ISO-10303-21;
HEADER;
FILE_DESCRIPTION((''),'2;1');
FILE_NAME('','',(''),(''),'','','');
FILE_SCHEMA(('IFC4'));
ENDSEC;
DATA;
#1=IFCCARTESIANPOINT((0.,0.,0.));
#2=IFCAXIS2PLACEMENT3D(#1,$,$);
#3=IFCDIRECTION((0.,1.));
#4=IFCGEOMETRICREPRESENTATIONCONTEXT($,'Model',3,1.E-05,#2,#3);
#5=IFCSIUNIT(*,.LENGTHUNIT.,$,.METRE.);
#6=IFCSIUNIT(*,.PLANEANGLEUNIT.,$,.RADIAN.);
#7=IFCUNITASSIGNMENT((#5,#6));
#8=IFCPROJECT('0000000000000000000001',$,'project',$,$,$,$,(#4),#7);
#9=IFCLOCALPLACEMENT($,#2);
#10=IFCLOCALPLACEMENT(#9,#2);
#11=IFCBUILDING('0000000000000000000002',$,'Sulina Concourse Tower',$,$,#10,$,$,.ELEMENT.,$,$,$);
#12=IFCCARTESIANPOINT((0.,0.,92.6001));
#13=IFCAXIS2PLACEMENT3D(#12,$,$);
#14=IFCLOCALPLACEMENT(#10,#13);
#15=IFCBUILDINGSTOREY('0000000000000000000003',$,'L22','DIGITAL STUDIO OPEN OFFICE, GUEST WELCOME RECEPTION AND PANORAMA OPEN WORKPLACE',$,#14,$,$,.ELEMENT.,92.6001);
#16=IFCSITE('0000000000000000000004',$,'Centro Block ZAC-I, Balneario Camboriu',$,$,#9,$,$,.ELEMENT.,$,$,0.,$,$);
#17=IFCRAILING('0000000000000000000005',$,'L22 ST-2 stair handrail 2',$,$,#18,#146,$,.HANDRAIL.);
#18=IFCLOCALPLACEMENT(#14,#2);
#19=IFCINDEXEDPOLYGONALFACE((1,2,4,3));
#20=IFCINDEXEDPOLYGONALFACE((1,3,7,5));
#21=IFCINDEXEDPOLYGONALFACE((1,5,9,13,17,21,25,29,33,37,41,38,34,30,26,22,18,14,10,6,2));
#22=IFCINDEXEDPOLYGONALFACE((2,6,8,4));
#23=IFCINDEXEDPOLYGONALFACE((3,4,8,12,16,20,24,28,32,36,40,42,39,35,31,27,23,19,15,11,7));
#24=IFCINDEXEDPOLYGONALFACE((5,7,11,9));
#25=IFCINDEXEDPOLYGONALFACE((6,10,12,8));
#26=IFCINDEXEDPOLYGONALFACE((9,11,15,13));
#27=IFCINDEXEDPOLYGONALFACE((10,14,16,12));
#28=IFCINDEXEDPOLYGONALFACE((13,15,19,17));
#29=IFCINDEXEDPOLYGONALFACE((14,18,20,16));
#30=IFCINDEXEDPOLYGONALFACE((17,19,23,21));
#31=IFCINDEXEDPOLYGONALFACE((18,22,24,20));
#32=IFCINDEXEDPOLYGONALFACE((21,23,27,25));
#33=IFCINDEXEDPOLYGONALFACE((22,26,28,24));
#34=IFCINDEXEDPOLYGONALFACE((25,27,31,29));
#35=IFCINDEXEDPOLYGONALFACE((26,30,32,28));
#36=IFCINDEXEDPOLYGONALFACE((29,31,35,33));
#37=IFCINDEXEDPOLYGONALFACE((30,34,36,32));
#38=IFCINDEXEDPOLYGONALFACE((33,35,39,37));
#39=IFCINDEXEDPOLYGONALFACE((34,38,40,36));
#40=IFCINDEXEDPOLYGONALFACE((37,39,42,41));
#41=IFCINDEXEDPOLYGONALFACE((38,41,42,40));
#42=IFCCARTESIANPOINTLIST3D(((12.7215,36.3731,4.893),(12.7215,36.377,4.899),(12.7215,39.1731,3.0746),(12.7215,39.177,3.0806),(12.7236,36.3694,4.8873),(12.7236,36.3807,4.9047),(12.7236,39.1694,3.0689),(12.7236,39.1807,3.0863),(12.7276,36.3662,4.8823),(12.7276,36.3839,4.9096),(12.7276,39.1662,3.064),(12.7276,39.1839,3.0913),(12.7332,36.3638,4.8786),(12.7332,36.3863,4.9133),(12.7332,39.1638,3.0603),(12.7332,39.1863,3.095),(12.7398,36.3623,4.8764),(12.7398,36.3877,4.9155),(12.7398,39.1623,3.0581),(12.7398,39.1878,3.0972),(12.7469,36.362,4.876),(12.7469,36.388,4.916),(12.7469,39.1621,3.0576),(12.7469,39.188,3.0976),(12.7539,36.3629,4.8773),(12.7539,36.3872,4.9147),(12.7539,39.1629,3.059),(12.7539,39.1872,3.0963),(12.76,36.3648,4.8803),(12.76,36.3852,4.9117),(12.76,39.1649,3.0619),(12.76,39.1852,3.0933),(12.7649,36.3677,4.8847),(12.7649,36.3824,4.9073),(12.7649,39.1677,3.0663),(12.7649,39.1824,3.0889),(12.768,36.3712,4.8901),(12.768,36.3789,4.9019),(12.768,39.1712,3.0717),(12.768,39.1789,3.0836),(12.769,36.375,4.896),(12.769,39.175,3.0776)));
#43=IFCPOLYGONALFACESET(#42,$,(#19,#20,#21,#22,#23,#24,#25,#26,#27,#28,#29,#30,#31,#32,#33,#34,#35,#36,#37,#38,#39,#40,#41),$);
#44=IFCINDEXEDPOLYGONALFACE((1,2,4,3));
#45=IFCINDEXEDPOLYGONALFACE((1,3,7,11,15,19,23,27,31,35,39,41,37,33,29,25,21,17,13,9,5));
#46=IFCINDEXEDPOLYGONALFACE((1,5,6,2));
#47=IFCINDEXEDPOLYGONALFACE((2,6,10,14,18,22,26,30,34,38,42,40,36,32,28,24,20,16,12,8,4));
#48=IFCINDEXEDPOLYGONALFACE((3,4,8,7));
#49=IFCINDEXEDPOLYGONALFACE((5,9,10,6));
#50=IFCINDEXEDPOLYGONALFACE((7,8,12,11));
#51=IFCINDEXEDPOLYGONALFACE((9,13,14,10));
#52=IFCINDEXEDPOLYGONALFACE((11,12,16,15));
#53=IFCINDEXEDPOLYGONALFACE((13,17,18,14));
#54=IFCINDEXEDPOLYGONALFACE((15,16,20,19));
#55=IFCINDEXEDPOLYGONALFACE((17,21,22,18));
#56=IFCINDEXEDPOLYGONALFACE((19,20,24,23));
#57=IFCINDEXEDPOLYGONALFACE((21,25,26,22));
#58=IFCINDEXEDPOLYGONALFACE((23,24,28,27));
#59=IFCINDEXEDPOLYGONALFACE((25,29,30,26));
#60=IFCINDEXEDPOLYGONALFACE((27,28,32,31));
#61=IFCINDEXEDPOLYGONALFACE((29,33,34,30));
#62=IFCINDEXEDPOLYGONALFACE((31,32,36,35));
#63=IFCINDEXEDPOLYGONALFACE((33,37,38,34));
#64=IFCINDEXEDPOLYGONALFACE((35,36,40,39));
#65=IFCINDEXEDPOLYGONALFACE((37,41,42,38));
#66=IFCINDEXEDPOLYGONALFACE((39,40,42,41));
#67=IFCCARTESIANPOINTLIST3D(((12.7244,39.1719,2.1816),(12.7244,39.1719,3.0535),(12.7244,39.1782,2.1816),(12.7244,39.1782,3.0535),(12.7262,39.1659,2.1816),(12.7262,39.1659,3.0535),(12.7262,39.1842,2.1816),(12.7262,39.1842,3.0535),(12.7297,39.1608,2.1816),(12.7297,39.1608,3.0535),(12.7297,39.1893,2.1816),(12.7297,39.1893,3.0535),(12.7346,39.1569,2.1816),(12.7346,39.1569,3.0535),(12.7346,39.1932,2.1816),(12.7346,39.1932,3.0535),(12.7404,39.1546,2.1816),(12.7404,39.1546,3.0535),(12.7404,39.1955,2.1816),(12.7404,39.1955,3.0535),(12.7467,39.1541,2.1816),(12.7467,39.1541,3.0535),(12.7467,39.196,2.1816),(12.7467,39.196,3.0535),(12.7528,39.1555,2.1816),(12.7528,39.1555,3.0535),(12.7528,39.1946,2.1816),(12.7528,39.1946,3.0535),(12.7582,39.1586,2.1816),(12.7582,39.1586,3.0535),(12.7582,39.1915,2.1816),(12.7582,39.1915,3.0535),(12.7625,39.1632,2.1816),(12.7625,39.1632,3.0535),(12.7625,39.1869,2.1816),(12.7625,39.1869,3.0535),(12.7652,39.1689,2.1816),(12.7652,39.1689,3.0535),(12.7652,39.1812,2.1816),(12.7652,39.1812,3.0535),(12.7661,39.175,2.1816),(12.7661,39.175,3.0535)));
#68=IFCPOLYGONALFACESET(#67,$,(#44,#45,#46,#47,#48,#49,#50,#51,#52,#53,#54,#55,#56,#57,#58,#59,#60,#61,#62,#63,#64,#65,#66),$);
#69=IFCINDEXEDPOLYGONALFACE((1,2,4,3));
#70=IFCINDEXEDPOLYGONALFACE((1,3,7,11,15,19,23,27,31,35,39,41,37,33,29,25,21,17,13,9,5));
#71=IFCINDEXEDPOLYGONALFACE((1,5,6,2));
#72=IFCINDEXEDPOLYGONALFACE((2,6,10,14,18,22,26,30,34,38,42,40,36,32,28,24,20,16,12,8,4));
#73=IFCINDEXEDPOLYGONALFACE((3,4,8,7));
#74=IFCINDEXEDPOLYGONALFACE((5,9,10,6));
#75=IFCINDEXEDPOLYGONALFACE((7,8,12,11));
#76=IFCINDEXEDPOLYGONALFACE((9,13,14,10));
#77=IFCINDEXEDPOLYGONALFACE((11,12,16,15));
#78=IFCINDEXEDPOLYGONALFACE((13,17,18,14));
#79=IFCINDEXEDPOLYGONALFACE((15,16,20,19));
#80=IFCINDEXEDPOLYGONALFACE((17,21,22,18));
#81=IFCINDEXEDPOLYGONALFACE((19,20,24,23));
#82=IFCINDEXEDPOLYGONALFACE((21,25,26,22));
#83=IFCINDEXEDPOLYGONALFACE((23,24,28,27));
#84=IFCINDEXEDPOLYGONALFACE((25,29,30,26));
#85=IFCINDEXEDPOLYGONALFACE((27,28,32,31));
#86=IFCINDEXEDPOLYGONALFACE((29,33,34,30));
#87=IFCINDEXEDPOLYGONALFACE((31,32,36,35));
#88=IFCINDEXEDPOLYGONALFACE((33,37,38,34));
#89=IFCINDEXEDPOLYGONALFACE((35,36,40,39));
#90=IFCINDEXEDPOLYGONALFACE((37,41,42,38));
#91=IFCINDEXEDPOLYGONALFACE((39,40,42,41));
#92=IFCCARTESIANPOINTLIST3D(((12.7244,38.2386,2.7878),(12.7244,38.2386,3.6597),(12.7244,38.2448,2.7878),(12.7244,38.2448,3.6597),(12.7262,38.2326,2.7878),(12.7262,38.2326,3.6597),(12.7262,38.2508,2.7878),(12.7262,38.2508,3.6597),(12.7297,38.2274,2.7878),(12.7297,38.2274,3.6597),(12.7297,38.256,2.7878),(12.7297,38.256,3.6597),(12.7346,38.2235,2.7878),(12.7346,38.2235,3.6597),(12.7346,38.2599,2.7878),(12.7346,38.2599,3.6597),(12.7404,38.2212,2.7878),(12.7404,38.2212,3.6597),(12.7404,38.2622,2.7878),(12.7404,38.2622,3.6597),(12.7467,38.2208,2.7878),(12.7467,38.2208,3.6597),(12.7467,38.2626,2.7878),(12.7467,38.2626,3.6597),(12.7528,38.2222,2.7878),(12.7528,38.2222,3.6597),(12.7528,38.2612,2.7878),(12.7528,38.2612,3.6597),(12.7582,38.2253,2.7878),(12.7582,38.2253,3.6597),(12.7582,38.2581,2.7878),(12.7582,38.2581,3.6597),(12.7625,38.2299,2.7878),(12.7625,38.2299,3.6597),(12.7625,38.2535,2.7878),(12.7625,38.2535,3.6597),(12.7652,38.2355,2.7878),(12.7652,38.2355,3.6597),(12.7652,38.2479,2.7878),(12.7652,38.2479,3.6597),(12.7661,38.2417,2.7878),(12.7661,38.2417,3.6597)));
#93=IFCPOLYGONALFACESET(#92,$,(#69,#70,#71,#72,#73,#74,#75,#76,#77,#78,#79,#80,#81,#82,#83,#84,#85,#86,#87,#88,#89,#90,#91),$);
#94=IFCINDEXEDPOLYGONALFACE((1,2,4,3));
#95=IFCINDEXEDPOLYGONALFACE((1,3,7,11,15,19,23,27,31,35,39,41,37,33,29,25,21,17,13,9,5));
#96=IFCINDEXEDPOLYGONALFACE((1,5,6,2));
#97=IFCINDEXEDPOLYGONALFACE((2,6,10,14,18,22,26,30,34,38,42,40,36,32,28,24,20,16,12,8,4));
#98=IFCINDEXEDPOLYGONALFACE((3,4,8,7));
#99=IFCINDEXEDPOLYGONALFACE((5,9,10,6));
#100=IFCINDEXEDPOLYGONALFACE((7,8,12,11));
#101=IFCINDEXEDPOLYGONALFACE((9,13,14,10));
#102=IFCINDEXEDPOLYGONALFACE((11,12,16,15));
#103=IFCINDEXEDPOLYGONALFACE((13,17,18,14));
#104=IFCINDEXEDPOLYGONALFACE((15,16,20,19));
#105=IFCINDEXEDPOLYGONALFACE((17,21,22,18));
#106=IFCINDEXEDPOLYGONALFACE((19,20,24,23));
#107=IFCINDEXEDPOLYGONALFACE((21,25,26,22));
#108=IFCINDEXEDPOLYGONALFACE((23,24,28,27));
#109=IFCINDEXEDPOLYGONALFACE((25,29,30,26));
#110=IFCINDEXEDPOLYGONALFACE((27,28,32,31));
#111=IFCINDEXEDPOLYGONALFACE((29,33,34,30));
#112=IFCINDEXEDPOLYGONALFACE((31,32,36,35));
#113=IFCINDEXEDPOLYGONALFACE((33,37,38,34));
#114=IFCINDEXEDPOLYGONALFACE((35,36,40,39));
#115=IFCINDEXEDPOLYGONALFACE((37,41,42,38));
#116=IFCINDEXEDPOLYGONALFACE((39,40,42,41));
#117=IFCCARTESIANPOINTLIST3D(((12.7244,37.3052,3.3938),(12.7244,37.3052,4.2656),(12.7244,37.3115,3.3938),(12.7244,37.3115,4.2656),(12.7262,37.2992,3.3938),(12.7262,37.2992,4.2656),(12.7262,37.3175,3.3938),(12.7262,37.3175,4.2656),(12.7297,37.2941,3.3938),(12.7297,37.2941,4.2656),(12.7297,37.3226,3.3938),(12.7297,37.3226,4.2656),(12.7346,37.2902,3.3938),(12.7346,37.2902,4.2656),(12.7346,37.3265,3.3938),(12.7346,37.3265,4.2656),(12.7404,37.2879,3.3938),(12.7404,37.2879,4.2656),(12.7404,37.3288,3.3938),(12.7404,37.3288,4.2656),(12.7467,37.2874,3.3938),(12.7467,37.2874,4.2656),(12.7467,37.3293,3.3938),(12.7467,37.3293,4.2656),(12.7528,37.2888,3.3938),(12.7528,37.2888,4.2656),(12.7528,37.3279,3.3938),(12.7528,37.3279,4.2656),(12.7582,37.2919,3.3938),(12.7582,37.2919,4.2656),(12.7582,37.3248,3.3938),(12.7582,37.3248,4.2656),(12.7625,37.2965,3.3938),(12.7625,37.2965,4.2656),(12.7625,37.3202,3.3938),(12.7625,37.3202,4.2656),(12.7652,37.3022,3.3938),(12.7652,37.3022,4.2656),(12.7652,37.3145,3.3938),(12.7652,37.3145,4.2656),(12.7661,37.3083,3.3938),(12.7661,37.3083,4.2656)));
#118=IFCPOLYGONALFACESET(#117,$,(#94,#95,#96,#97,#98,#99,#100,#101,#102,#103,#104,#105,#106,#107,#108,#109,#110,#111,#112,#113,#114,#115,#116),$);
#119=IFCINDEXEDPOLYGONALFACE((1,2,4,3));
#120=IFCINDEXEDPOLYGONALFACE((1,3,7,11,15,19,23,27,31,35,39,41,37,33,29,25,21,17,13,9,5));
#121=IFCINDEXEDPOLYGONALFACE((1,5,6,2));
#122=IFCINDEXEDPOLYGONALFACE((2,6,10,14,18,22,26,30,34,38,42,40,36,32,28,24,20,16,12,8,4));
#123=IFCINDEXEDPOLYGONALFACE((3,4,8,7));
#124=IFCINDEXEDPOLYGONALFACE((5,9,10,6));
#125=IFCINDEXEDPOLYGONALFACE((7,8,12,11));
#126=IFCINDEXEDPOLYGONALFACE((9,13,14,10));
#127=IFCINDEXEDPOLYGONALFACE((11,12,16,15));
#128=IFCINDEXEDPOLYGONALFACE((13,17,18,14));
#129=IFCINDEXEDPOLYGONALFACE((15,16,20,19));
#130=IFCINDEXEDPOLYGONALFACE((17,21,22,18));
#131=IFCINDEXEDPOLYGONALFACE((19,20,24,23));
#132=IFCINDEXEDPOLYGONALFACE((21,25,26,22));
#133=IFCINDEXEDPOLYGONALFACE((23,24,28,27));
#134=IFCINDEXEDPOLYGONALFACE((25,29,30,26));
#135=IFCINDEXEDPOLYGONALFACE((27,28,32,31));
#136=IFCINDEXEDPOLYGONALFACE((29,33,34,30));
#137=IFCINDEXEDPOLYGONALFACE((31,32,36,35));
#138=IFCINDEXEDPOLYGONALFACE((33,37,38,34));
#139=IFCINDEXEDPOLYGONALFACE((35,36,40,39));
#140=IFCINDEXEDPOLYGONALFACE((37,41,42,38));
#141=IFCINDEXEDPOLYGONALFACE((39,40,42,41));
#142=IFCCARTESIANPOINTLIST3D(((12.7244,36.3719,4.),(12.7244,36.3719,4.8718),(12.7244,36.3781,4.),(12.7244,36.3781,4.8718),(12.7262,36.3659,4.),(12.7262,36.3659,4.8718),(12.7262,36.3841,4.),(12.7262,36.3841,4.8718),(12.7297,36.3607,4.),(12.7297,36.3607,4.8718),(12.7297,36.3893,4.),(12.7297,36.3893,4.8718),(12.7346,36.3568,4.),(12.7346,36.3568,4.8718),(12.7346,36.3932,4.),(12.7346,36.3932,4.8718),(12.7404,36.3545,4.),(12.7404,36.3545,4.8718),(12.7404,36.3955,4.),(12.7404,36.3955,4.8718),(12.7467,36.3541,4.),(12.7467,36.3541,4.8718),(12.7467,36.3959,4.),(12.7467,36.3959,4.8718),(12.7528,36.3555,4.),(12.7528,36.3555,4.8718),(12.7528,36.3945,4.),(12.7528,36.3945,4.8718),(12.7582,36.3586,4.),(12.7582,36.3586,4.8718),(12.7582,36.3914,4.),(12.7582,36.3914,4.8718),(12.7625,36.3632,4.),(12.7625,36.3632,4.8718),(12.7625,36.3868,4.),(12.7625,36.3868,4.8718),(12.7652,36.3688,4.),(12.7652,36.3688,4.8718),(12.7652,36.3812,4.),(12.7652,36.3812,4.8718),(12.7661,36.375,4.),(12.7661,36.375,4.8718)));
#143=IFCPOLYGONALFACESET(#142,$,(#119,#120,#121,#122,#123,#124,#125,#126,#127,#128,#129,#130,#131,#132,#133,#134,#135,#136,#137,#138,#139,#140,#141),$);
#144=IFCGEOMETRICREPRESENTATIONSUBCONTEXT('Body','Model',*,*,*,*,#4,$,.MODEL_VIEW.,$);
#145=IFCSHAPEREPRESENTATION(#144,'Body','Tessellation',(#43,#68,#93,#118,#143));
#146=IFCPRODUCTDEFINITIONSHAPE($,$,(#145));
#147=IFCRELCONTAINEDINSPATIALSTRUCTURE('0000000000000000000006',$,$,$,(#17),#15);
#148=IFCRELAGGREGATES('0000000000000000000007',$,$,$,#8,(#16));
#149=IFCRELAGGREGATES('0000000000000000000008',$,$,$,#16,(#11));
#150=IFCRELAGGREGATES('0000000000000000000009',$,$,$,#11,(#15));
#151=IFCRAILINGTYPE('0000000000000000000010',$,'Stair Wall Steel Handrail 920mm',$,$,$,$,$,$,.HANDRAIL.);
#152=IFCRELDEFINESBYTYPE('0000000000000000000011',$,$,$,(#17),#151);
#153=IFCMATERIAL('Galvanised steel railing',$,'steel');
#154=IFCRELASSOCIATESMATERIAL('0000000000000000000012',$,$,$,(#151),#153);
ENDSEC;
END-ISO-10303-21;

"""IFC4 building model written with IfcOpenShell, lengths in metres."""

from ifc_helpers import new_model, si_unit, direction, frame, origin, origin_2d, place, context, subcontext, project, spatial, circle, extrude, material, type_object, element, save


model = new_model("IFC4")

# Units and contexts
model_context = context("Model", 3, precision=1e-05, world=origin(), true_north=direction((0.0, 1.0)))
body_context = subcontext(model_context, "Body", "Model", "MODEL_VIEW")
ifc_project = project(units=[si_unit("LENGTHUNIT", "METRE"), si_unit("PLANEANGLEUNIT", "RADIAN")], contexts=[model_context])

# Site, building, storey
site_placement = place(None, origin())
site = spatial("IfcSite", under=ifc_project, at=site_placement, Name="Centro Block ZAC-I, Balneario Camboriu", CompositionType="ELEMENT", RefElevation=0.0)
building_placement = place(site_placement, origin())
building = spatial("IfcBuilding", under=site, at=building_placement, Name="Sulina Concourse Tower", CompositionType="ELEMENT")
storey_placement = place(building_placement, frame((0.0, 0.0, 92.6001)))
storey = spatial("IfcBuildingStorey", under=building, at=storey_placement, Name="L22", Description="DIGITAL STUDIO OPEN OFFICE, GUEST WELCOME RECEPTION AND PANORAMA OPEN WORKPLACE", CompositionType="ELEMENT", Elevation=92.6001)

# Railing
ifc_material_1 = material(Name="Galvanised steel railing", Category="steel")
railing_type_1 = type_object("IfcRailingType", Name="Stair Wall Steel Handrail 920mm", PredefinedType="HANDRAIL", material=ifc_material_1)
railing_1_placement = place(storey_placement, frame((12.7451, 39.175, 2.1816)))
element("IfcRailing", 1, at=railing_1_placement, inside=storey, type_object=railing_type_1, Name="L22 ST-2 stair handrail 2", PredefinedType="HANDRAIL", context=body_context, shape_type="SweptSolid", body=[
    extrude(circle(Radius=0.0239, at=origin_2d()), frame((0.0, 0.0, 0.896), z_axis=(0.0, -0.838672, 0.544636), x_axis=(1.0, 0.0, 0.0)), (0.0, 0.0, 1.0), 3.3386),
    extrude(circle(Radius=0.021, at=origin_2d()), origin(), (0.0, 0.0, 1.0), 0.8718),
    extrude(circle(Radius=0.021, at=origin_2d()), frame((0.0, -0.9333, 0.6062)), (0.0, 0.0, 1.0), 0.8718),
    extrude(circle(Radius=0.021, at=origin_2d()), frame((0.0, -1.8667, 1.2122)), (0.0, 0.0, 1.0), 0.8718),
    extrude(circle(Radius=0.021, at=origin_2d()), frame((0.0, -2.8, 1.8184)), (0.0, 0.0, 1.0), 0.8718),
])

save(model, "model.ifc")
